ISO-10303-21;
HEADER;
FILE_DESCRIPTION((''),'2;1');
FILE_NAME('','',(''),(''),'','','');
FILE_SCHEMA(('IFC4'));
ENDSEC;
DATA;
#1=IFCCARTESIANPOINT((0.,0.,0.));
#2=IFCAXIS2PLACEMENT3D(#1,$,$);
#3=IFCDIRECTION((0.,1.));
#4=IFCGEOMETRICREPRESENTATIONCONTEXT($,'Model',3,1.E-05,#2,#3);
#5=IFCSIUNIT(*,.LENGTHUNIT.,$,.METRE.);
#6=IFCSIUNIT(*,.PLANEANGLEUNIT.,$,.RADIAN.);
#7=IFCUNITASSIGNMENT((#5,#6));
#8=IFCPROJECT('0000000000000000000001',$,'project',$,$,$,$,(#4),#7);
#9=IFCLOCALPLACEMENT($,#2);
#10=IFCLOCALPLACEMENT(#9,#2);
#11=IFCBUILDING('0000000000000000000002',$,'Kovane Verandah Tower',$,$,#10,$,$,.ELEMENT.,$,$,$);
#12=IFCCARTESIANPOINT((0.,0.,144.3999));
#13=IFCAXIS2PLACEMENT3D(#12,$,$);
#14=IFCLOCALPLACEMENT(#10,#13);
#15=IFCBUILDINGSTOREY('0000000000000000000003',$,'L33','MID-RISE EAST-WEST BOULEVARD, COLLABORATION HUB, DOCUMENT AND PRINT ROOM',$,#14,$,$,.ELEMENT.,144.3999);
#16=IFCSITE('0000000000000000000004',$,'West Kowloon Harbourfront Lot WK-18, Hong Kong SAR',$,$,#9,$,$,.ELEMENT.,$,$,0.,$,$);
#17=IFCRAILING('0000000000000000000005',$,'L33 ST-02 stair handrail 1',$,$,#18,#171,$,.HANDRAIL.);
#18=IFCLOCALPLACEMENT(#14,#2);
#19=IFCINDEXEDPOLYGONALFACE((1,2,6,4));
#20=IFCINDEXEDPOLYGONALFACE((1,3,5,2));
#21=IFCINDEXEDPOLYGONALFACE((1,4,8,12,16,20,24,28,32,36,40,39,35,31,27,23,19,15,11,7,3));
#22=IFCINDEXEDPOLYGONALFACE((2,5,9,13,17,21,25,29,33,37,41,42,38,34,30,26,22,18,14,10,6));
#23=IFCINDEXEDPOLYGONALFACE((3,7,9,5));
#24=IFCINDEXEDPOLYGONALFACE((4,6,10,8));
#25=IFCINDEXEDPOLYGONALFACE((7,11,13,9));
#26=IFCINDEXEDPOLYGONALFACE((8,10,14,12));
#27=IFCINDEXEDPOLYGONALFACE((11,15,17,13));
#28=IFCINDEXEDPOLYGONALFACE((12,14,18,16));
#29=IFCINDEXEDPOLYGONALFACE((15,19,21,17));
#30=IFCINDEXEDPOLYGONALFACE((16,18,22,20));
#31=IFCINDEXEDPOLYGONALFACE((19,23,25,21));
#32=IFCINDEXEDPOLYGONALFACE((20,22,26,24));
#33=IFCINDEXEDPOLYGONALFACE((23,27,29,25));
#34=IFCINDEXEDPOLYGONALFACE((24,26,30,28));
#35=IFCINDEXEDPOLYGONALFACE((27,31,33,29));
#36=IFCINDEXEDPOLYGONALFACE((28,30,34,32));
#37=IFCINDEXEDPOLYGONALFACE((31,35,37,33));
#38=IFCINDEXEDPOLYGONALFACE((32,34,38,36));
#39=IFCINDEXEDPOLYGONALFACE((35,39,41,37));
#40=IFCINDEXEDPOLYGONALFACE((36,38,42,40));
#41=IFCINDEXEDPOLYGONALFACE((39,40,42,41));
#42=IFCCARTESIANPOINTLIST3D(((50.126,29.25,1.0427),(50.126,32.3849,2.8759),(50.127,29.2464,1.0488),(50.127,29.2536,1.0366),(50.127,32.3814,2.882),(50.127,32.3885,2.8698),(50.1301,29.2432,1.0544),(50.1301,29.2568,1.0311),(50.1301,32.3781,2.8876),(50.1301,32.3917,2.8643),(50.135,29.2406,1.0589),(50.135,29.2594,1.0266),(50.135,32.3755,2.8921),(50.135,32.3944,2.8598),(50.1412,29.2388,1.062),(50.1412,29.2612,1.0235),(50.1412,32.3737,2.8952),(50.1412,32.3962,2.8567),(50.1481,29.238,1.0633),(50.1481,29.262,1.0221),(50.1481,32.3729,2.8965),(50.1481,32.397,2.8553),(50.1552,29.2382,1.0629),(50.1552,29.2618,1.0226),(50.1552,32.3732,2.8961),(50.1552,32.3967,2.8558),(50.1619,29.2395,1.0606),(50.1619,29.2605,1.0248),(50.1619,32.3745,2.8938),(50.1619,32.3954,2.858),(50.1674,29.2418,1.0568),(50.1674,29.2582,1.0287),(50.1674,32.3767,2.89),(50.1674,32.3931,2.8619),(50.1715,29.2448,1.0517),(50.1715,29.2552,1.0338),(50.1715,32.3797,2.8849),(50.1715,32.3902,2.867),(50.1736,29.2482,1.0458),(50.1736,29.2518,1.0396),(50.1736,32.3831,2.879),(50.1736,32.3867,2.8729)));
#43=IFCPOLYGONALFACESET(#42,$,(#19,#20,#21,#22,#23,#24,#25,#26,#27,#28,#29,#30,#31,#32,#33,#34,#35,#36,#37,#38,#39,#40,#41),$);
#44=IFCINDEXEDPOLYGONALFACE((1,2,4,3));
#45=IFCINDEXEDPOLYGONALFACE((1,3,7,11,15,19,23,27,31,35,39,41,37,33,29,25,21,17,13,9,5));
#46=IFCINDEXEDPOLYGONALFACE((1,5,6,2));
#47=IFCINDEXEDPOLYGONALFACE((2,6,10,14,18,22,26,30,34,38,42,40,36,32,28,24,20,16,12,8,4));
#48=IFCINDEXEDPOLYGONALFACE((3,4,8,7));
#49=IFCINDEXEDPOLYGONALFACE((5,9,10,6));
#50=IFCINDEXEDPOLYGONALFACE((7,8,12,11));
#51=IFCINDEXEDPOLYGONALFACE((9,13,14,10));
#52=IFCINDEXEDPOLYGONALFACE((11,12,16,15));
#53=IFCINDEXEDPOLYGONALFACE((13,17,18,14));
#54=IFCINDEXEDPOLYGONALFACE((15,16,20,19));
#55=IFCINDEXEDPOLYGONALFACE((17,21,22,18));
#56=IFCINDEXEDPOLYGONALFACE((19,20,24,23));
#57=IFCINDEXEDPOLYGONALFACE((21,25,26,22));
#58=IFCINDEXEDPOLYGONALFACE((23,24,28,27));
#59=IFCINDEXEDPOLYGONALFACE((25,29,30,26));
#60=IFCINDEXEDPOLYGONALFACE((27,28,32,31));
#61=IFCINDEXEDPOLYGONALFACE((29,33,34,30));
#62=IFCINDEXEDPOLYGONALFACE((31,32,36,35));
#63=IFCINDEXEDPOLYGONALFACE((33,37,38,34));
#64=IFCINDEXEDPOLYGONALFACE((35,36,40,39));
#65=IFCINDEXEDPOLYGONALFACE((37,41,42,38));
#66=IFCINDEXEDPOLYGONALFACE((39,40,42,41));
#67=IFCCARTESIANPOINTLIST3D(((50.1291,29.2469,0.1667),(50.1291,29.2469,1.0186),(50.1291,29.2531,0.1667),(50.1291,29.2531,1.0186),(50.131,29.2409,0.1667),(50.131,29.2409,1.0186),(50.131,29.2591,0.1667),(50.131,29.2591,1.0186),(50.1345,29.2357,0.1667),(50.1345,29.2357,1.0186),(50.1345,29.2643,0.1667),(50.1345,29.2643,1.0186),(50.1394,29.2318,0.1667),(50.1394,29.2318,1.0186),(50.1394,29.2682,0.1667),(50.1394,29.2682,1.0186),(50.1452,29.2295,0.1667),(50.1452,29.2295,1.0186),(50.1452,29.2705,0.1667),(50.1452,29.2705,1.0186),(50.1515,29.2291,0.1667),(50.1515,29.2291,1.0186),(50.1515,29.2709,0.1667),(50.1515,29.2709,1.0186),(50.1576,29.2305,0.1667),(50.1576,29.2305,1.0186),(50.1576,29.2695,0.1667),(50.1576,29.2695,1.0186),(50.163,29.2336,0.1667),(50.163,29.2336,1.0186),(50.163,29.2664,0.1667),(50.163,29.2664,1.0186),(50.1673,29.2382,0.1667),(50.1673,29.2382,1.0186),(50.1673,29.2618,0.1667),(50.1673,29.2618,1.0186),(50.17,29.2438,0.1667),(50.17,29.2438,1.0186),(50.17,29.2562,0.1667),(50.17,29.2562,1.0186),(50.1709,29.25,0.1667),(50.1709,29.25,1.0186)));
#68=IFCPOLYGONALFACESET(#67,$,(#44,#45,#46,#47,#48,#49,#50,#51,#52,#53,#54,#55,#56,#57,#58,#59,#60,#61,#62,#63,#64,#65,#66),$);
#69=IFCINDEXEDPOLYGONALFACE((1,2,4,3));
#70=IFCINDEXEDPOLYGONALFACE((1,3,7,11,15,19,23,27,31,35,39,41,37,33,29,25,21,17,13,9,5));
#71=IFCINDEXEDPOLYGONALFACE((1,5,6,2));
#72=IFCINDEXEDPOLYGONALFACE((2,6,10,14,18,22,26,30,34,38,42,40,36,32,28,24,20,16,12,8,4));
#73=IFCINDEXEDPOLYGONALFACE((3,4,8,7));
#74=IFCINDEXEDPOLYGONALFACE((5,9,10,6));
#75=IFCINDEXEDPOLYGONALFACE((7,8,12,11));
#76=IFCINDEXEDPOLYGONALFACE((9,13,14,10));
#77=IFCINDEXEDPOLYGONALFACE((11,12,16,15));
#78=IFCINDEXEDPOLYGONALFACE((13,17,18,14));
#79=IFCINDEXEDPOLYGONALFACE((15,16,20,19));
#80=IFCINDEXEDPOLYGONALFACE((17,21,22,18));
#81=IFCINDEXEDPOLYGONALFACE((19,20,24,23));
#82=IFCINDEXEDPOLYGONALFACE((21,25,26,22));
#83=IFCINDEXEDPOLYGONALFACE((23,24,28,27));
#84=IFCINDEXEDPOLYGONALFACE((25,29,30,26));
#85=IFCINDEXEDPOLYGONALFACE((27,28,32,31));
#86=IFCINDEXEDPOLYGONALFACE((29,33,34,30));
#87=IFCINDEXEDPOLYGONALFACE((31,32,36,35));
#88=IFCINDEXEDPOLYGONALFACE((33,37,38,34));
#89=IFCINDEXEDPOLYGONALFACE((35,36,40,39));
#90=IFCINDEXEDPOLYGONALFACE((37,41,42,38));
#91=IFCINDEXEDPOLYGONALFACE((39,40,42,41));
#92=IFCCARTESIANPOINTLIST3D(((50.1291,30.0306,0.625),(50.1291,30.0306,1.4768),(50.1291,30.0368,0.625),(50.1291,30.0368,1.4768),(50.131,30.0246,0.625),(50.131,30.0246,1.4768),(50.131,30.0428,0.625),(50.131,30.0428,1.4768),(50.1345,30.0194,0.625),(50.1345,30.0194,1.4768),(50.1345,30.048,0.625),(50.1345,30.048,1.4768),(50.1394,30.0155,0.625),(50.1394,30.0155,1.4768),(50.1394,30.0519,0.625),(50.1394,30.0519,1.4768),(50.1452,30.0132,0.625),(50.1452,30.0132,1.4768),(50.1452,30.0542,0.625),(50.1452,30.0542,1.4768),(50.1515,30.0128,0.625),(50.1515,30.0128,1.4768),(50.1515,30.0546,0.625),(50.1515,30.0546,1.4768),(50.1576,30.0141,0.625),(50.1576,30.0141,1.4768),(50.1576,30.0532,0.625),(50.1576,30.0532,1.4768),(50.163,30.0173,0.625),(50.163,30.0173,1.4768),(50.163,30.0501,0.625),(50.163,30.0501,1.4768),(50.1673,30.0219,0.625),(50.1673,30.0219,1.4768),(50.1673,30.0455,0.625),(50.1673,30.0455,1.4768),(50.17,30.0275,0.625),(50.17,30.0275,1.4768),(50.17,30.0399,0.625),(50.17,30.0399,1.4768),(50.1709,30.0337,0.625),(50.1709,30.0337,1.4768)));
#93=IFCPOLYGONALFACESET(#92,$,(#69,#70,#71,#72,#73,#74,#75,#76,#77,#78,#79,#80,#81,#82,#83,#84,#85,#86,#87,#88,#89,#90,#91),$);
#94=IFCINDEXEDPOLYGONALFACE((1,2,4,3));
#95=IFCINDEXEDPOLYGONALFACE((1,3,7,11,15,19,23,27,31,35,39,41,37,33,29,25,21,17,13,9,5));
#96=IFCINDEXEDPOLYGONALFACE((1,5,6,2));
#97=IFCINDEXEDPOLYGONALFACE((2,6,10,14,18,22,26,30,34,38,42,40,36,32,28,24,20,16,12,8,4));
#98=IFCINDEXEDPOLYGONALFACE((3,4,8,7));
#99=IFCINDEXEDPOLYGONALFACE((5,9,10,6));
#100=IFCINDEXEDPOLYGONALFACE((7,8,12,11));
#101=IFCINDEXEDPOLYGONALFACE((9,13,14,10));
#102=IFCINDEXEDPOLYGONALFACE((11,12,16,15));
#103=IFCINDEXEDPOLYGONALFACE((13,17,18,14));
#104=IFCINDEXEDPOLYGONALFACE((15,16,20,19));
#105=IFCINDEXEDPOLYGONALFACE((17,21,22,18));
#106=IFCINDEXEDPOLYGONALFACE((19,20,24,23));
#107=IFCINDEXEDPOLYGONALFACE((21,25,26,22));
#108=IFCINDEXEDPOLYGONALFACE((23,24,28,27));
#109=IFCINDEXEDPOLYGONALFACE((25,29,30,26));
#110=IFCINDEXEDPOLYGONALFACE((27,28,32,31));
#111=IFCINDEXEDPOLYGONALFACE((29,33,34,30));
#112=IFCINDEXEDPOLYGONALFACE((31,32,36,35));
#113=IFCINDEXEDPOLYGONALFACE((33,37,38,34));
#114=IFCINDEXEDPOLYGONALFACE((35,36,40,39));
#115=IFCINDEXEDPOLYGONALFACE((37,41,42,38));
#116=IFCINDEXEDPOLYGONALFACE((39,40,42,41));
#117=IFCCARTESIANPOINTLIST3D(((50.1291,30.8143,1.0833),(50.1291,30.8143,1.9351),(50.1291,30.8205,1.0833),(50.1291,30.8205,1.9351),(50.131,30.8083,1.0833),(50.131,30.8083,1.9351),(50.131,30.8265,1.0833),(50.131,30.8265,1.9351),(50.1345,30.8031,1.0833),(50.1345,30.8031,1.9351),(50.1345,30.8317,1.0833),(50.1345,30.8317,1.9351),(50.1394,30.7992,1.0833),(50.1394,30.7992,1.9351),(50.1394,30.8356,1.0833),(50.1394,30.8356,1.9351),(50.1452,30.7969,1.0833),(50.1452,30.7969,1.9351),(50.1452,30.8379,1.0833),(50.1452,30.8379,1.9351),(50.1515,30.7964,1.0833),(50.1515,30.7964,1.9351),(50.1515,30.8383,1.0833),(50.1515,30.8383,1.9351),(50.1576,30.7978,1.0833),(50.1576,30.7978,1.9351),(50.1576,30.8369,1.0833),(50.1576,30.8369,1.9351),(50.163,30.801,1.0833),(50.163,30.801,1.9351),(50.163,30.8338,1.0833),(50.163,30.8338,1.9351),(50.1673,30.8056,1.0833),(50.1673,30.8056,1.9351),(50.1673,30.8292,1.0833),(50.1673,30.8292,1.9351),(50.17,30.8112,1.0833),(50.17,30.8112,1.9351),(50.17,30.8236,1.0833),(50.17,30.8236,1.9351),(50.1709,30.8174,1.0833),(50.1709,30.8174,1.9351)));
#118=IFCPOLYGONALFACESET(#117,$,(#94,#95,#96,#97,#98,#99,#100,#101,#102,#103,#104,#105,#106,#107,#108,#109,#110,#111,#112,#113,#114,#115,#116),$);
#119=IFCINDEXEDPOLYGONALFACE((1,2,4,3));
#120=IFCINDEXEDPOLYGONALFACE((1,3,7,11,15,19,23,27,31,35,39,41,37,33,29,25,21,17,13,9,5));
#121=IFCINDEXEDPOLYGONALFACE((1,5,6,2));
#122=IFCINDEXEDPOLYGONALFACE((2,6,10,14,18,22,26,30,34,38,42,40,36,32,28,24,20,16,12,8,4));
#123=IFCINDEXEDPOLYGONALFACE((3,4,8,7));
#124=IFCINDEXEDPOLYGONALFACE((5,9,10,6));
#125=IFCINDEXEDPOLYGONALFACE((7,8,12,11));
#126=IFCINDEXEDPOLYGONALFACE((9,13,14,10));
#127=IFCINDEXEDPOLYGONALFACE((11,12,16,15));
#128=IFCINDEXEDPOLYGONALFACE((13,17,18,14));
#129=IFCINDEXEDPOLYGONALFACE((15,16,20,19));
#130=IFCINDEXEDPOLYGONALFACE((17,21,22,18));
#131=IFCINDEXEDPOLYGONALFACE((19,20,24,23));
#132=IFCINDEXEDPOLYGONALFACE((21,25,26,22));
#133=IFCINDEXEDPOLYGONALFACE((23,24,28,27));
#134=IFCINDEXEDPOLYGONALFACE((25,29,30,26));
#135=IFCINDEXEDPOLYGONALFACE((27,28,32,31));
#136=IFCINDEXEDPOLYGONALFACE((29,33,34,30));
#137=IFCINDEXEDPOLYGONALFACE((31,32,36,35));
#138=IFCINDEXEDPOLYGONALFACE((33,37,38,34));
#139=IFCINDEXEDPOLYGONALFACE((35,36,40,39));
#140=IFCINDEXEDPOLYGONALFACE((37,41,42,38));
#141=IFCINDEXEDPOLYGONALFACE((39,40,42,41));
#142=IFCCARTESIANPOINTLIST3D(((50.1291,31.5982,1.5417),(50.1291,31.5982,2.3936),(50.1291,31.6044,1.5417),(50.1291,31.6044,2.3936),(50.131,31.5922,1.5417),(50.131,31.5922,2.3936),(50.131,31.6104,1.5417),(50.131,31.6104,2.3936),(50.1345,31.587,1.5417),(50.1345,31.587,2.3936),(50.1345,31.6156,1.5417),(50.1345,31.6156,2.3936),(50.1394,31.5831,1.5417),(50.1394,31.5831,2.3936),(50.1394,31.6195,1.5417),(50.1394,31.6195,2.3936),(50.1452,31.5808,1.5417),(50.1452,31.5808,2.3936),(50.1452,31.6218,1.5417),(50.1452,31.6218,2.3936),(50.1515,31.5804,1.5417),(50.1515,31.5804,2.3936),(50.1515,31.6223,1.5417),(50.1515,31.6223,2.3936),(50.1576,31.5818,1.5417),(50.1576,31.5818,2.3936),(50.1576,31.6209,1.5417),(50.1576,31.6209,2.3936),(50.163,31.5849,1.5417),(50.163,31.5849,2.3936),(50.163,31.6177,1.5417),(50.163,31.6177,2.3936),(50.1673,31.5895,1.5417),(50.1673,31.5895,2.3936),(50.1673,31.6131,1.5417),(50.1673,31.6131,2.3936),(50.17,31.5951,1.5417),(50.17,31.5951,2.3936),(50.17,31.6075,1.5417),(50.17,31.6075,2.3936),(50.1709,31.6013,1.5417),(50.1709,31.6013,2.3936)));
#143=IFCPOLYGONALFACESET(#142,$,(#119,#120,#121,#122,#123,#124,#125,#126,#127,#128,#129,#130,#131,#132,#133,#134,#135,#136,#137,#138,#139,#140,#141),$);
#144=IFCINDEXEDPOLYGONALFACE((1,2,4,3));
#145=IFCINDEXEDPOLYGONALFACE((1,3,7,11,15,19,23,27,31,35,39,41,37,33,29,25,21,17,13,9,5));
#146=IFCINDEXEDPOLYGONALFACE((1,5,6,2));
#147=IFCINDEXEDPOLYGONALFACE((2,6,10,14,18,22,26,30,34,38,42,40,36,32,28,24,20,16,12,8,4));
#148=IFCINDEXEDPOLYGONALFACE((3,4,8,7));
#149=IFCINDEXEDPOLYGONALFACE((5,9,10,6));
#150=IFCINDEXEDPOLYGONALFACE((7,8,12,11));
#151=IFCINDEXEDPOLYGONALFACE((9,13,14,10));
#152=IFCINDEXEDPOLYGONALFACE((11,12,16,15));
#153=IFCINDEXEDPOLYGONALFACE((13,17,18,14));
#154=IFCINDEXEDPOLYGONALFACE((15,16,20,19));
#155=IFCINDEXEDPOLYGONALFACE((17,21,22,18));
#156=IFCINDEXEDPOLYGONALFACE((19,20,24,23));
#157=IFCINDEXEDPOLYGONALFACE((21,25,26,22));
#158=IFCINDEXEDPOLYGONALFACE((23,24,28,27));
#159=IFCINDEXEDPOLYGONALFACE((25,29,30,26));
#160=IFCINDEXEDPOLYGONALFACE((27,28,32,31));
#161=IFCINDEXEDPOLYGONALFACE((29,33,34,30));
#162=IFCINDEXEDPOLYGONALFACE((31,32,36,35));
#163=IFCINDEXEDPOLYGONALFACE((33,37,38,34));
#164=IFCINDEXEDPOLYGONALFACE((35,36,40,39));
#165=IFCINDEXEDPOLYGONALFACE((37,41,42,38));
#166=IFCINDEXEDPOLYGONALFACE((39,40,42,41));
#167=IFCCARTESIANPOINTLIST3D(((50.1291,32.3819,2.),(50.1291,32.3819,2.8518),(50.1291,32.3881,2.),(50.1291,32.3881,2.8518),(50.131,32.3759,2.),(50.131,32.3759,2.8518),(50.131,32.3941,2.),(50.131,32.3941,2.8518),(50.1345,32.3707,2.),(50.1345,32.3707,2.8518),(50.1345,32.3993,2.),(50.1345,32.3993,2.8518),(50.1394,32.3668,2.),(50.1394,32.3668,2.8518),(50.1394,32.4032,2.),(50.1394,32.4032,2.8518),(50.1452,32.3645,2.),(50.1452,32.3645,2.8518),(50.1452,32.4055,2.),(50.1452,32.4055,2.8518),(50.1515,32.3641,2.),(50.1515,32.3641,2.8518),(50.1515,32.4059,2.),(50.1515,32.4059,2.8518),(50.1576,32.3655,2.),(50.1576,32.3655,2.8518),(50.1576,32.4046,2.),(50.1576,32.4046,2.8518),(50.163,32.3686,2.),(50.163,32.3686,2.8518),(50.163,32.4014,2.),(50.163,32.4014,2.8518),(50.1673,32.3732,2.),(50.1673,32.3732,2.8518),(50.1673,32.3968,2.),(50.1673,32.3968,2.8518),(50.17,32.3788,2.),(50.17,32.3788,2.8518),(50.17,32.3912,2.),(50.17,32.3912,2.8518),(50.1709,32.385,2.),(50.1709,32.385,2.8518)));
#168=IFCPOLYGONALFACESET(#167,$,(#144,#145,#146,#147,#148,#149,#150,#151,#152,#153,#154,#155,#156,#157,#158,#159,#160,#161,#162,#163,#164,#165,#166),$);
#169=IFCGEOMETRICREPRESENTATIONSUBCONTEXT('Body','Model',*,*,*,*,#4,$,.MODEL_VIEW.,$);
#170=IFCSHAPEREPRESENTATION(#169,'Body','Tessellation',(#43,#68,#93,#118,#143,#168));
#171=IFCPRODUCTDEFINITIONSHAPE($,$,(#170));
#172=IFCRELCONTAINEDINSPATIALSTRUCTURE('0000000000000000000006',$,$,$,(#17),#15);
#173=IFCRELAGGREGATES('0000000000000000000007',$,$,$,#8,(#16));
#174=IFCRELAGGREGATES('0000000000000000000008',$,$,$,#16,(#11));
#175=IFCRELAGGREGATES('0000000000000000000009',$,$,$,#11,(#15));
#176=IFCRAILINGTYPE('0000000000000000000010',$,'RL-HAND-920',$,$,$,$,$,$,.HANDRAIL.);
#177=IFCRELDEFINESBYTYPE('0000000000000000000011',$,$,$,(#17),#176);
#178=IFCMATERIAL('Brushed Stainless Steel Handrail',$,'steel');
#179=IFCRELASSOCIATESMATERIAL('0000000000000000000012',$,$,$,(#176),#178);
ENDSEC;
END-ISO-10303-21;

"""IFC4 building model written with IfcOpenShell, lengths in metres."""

from ifc_helpers import new_model, si_unit, direction, frame, origin, origin_2d, place, context, subcontext, project, spatial, circle, extrude, material, type_object, element, save


model = new_model("IFC4")

# Units and contexts
model_context = context("Model", 3, precision=1e-05, world=origin(), true_north=direction((0.0, 1.0)))
body_context = subcontext(model_context, "Body", "Model", "MODEL_VIEW")
ifc_project = project(units=[si_unit("LENGTHUNIT", "METRE"), si_unit("PLANEANGLEUNIT", "RADIAN")], contexts=[model_context])

# Site, building, storey
site_placement = place(None, origin())
site = spatial("IfcSite", under=ifc_project, at=site_placement, Name="West Kowloon Harbourfront Lot WK-18, Hong Kong SAR", CompositionType="ELEMENT", RefElevation=0.0)
building_placement = place(site_placement, origin())
building = spatial("IfcBuilding", under=site, at=building_placement, Name="Kovane Verandah Tower", CompositionType="ELEMENT")
storey_placement = place(building_placement, frame((0.0, 0.0, 144.3999)))
storey = spatial("IfcBuildingStorey", under=building, at=storey_placement, Name="L33", Description="MID-RISE EAST-WEST BOULEVARD, COLLABORATION HUB, DOCUMENT AND PRINT ROOM", CompositionType="ELEMENT", Elevation=144.3999)

# Railing
ifc_material_1 = material(Name="Brushed Stainless Steel Handrail", Category="steel")
railing_type_1 = type_object("IfcRailingType", Name="RL-HAND-920", PredefinedType="HANDRAIL", material=ifc_material_1)
railing_1_placement = place(storey_placement, frame((50.1499, 29.25, 0.1667)))
element("IfcRailing", 1, at=railing_1_placement, inside=storey, type_object=railing_type_1, Name="L33 ST-02 stair handrail 1", PredefinedType="HANDRAIL", context=body_context, shape_type="SweptSolid", body=[
    extrude(circle(Radius=0.0239, at=origin_2d()), frame((0.0, 0.0, 0.876), z_axis=(0.0, 0.86324, 0.504794), x_axis=(-1.0, 0.0, 0.0)), (0.0, 0.0, 1.0), 3.6316),
    extrude(circle(Radius=0.021, at=origin_2d()), origin(), (0.0, 0.0, 1.0), 0.8518),
    extrude(circle(Radius=0.021, at=origin_2d()), frame((0.0, 0.7837, 0.4583)), (0.0, 0.0, 1.0), 0.8518),
    extrude(circle(Radius=0.021, at=origin_2d()), frame((0.0, 1.5674, 0.9165)), (0.0, 0.0, 1.0), 0.8518),
    extrude(circle(Radius=0.021, at=origin_2d()), frame((0.0, 2.3513, 1.375)), (0.0, 0.0, 1.0), 0.8518),
    extrude(circle(Radius=0.021, at=origin_2d()), frame((0.0, 3.135, 1.8333)), (0.0, 0.0, 1.0), 0.8518),
])

save(model, "model.ifc")
